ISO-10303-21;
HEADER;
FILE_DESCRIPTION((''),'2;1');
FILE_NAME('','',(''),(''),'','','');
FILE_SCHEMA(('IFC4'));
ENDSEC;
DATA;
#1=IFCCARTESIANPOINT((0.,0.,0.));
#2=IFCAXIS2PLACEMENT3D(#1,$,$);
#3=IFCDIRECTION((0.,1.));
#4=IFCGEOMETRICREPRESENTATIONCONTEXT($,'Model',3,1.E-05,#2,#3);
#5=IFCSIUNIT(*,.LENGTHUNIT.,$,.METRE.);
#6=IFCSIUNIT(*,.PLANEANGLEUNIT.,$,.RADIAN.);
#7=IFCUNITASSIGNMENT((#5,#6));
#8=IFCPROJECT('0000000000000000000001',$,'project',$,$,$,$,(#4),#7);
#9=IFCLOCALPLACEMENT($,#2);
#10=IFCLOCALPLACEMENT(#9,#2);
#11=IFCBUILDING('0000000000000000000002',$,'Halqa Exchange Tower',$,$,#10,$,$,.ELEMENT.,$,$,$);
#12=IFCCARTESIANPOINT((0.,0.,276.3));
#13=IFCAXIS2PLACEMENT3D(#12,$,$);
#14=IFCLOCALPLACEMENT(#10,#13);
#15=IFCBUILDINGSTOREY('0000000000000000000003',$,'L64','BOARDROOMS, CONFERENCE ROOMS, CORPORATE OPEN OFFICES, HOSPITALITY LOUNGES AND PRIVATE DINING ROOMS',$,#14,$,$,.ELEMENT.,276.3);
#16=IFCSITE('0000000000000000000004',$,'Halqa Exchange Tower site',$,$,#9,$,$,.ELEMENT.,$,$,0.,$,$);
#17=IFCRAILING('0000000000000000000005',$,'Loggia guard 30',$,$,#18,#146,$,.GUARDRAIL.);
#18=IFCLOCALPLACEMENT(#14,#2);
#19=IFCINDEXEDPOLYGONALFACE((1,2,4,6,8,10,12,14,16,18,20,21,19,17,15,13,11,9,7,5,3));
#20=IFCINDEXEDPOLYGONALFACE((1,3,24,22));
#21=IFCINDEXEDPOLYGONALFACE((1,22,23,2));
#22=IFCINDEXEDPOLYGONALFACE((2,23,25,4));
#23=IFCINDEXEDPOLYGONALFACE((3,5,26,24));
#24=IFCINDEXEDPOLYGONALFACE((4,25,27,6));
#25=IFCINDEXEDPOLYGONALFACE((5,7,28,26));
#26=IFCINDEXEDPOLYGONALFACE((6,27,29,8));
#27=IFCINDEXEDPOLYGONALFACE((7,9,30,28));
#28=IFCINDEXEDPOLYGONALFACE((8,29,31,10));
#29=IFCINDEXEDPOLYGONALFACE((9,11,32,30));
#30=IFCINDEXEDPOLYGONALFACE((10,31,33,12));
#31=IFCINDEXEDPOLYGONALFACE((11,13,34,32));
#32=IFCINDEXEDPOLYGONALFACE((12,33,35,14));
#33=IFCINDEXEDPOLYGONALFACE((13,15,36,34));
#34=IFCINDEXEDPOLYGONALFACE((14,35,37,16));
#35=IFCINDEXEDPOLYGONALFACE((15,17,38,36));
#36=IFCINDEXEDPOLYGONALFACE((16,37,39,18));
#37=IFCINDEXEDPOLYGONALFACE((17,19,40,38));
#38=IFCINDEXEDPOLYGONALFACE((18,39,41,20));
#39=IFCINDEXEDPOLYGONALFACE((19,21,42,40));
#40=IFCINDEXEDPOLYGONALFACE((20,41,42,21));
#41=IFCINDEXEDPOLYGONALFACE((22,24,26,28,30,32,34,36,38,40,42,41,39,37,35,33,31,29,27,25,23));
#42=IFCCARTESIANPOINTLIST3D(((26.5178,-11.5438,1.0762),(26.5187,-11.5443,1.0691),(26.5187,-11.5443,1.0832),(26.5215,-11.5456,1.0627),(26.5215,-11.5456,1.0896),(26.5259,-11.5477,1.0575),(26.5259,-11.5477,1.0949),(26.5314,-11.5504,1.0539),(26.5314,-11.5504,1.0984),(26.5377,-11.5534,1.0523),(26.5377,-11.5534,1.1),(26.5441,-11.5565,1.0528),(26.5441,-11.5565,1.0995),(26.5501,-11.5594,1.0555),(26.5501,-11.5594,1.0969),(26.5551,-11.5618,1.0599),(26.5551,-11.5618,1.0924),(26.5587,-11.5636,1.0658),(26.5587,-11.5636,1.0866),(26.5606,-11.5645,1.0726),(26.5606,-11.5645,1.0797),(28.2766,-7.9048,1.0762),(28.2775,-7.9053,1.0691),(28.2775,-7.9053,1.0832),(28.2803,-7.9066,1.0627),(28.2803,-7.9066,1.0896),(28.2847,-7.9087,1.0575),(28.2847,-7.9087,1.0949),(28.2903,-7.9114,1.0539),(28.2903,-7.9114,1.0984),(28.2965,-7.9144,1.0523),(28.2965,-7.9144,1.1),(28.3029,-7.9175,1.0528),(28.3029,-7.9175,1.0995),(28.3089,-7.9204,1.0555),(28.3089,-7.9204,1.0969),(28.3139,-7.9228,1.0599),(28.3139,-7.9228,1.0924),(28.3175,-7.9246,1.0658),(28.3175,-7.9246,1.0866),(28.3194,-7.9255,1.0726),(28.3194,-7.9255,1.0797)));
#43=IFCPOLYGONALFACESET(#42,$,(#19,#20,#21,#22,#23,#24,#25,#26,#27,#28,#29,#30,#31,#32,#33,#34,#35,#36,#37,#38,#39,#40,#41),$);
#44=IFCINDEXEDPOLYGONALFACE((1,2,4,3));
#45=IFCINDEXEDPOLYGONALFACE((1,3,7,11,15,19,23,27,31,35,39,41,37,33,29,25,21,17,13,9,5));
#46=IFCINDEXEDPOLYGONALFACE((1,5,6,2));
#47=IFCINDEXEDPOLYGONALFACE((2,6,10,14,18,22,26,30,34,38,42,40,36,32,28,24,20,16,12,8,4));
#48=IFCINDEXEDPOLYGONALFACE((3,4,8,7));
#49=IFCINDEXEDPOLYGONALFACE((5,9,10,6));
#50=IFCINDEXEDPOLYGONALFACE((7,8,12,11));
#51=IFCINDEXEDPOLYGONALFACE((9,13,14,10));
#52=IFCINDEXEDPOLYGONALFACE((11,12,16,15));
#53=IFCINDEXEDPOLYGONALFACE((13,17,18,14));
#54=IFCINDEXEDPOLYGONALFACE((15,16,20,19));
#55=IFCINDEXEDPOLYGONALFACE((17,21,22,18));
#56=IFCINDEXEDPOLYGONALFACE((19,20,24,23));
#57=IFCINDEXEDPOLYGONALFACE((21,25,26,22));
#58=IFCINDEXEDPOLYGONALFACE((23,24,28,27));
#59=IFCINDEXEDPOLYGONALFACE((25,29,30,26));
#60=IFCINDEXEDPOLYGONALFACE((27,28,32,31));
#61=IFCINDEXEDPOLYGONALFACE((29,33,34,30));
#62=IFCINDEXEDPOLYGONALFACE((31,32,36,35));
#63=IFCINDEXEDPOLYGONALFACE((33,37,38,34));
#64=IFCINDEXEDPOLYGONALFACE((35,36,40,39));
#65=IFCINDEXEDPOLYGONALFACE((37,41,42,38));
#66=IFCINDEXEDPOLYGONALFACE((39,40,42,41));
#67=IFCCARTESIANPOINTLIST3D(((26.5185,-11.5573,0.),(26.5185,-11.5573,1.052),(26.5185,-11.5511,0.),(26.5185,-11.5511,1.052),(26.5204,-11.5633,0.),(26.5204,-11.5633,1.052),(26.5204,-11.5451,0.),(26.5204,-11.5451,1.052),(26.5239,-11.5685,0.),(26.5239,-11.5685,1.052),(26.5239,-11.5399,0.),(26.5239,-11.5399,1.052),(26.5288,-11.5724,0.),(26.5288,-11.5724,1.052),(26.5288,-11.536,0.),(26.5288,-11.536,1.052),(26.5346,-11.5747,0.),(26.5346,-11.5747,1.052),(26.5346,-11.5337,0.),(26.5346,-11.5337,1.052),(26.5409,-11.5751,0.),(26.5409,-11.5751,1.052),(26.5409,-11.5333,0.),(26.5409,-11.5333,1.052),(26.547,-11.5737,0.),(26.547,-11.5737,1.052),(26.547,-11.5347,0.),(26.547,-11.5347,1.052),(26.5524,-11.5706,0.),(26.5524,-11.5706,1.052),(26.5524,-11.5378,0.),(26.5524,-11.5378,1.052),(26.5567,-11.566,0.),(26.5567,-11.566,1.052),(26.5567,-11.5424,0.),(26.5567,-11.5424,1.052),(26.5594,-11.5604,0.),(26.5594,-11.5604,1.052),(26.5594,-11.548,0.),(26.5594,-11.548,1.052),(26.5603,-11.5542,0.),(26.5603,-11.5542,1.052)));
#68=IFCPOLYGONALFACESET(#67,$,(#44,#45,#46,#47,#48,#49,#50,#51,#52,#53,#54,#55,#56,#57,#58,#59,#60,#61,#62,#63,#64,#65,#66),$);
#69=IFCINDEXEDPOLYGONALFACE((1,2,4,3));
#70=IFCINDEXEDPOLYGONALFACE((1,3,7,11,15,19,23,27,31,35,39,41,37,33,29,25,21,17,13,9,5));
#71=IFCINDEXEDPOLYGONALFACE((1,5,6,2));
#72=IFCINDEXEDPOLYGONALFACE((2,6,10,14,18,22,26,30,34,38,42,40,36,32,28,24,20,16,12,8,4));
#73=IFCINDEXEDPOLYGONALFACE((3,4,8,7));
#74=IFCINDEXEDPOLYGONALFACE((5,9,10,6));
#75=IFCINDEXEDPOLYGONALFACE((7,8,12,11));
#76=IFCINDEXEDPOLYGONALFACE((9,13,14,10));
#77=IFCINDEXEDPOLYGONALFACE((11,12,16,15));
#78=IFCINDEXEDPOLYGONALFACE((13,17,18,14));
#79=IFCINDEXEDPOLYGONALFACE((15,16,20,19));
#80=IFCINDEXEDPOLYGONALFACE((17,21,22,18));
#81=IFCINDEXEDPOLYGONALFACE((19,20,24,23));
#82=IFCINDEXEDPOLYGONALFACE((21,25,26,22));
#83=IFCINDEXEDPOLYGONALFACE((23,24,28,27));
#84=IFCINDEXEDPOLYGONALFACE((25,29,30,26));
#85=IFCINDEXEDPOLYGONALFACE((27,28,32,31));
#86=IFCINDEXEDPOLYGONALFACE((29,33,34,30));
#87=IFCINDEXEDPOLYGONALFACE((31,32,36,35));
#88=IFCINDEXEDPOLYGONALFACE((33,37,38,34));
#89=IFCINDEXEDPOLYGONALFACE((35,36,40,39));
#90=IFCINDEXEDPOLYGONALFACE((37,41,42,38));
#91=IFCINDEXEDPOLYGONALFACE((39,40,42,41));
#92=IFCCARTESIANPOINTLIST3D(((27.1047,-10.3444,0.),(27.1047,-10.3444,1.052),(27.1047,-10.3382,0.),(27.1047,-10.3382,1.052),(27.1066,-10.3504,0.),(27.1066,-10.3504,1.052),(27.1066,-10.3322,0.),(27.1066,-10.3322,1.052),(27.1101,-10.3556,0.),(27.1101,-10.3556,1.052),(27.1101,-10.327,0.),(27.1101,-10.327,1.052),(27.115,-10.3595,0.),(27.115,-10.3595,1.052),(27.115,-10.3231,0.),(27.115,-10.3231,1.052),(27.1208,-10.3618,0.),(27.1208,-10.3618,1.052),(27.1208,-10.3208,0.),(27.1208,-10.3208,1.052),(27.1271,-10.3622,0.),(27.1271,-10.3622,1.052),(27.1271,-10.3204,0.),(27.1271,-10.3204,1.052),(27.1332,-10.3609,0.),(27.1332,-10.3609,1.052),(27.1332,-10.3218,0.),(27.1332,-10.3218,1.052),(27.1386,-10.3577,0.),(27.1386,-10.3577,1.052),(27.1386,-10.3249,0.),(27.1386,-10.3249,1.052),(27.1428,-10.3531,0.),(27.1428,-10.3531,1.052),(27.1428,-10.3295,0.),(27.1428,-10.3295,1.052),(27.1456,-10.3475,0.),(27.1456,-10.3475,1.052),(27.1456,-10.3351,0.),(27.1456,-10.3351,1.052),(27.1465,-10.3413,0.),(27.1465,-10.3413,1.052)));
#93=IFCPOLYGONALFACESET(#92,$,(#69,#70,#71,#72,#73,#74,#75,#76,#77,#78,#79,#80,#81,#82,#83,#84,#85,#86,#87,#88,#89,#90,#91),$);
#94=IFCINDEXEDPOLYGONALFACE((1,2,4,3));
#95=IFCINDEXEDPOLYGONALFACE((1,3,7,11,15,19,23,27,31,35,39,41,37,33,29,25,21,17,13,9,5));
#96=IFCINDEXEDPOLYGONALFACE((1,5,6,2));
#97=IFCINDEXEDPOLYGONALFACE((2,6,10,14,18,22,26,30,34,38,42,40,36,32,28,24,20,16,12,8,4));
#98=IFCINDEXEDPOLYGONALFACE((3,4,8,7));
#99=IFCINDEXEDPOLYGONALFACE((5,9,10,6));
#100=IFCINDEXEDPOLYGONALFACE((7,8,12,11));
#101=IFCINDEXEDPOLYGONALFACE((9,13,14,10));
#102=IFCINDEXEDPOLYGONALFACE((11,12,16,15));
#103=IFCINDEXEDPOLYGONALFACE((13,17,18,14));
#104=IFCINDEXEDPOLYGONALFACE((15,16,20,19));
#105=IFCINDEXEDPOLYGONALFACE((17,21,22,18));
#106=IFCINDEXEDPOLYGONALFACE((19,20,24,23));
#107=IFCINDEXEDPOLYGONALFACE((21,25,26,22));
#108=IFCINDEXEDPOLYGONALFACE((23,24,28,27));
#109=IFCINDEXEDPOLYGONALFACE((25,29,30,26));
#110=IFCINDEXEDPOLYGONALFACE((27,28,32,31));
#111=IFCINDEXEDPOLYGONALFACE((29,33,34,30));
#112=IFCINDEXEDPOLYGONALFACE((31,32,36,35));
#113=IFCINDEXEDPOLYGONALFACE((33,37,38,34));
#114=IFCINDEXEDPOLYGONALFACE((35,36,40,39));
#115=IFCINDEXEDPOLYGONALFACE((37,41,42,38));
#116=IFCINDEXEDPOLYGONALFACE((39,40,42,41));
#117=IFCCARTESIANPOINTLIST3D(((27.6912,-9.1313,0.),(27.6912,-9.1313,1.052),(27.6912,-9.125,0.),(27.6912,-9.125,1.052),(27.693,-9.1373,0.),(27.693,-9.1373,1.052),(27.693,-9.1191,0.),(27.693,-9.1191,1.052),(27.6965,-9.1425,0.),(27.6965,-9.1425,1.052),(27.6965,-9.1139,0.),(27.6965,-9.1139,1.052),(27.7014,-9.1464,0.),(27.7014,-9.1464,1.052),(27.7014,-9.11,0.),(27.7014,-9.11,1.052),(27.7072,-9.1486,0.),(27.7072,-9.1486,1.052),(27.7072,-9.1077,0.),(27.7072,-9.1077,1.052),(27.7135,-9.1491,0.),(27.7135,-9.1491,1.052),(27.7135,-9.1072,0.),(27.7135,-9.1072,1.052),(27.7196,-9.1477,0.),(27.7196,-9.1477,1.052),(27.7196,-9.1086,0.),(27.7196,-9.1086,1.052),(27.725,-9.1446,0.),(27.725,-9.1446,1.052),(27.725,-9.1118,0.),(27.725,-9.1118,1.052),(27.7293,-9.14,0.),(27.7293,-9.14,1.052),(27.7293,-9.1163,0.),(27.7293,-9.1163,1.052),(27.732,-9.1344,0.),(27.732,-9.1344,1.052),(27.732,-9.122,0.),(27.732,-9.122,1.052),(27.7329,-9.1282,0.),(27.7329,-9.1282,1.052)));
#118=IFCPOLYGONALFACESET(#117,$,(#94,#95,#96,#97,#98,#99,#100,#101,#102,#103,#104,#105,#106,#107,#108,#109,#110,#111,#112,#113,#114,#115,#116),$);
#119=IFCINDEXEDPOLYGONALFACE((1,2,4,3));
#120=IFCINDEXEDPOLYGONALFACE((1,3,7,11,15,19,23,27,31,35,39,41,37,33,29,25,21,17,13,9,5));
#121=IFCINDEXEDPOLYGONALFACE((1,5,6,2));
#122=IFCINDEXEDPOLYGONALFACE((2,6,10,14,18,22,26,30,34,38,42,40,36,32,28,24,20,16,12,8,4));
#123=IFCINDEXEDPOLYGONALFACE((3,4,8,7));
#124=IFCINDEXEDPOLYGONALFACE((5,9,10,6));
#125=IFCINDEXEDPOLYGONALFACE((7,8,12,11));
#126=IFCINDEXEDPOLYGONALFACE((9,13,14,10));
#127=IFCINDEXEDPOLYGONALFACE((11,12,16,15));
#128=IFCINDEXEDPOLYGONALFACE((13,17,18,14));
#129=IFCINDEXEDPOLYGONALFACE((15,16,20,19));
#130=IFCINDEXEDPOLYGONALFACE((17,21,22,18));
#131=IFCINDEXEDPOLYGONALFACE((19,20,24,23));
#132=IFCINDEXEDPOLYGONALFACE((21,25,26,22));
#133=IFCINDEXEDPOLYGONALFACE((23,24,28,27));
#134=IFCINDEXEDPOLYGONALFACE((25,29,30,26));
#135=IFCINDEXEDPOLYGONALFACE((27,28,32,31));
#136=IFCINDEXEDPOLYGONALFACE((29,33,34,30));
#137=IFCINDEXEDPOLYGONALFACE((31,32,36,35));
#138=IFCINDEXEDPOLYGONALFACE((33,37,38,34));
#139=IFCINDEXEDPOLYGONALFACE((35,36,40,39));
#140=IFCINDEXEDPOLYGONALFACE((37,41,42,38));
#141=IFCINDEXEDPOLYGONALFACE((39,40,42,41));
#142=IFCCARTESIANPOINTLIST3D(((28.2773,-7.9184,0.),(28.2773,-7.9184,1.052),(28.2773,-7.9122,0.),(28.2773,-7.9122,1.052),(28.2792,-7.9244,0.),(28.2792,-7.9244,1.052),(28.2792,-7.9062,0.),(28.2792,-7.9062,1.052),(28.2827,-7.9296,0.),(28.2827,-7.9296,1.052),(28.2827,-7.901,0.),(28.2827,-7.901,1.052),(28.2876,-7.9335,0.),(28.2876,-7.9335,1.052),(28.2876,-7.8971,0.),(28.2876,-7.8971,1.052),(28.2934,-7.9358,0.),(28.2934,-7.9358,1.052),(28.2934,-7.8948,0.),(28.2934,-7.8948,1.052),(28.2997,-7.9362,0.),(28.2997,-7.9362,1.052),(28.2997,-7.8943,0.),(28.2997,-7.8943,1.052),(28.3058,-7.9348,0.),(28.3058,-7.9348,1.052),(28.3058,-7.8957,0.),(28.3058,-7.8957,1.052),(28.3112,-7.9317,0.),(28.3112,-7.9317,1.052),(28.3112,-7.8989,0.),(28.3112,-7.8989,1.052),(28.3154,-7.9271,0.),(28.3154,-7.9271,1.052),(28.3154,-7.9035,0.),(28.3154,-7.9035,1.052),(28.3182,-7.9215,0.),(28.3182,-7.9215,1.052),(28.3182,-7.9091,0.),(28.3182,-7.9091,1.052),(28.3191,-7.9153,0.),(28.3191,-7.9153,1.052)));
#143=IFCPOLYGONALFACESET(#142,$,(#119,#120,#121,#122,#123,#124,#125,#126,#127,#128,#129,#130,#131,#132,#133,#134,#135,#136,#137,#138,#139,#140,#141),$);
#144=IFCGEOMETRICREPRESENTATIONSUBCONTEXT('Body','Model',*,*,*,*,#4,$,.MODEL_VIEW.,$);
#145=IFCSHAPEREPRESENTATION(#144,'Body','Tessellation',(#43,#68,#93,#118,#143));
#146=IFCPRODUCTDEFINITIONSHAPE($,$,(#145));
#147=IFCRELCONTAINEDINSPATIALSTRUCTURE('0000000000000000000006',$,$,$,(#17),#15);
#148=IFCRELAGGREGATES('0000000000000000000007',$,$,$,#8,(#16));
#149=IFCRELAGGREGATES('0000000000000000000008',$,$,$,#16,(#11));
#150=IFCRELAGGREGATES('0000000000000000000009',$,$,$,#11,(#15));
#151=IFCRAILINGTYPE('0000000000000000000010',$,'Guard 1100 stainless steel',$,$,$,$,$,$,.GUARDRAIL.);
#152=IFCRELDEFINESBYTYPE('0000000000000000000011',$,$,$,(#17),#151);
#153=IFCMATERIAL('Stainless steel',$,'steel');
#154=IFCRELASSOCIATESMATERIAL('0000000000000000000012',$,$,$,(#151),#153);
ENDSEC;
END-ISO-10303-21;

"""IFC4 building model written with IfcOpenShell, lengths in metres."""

from ifc_helpers import new_model, si_unit, direction, frame, origin, origin_2d, place, context, subcontext, project, spatial, circle, extrude, material, type_object, element, save


model = new_model("IFC4")

# Units and contexts
model_context = context("Model", 3, precision=1e-05, world=origin(), true_north=direction((0.0, 1.0)))
body_context = subcontext(model_context, "Body", "Model", "MODEL_VIEW")
ifc_project = project(units=[si_unit("LENGTHUNIT", "METRE"), si_unit("PLANEANGLEUNIT", "RADIAN")], contexts=[model_context])

# Site, building, storey
site_placement = place(None, origin())
site = spatial("IfcSite", under=ifc_project, at=site_placement, Name="Halqa Exchange Tower site", CompositionType="ELEMENT", RefElevation=0.0)
building_placement = place(site_placement, origin())
building = spatial("IfcBuilding", under=site, at=building_placement, Name="Halqa Exchange Tower", CompositionType="ELEMENT")
storey_placement = place(building_placement, frame((0.0, 0.0, 276.3)))
storey = spatial("IfcBuildingStorey", under=building, at=storey_placement, Name="L64", Description="BOARDROOMS, CONFERENCE ROOMS, CORPORATE OPEN OFFICES, HOSPITALITY LOUNGES AND PRIVATE DINING ROOMS", CompositionType="ELEMENT", Elevation=276.3)

# Railing
ifc_material_1 = material(Name="Stainless steel", Category="steel")
railing_type = type_object("IfcRailingType", Name="Guard 1100 stainless steel", PredefinedType="GUARDRAIL", material=ifc_material_1)
railing_1_placement = place(storey_placement, frame((26.5393, -11.5542, 0.0)))
element("IfcRailing", 1, at=railing_1_placement, inside=storey, type_object=railing_type, Name="Loggia guard 30", PredefinedType="GUARDRAIL", context=body_context, shape_type="SweptSolid", body=[
    extrude(circle(Radius=0.0239, at=origin_2d()), frame((0.0, 0.0, 1.0762), z_axis=(0.435165, 0.900351, 0.0), x_axis=(-0.900351, 0.435165, 0.0)), (0.0, 0.0, 1.0), 4.0417),
    extrude(circle(Radius=0.021, at=origin_2d()), origin(), (0.0, 0.0, 1.0), 1.052),
    extrude(circle(Radius=0.021, at=origin_2d()), frame((0.5862, 1.2129, 0.0)), (0.0, 0.0, 1.0), 1.052),
    extrude(circle(Radius=0.021, at=origin_2d()), frame((1.1726, 2.426, 0.0)), (0.0, 0.0, 1.0), 1.052),
    extrude(circle(Radius=0.021, at=origin_2d()), frame((1.7588, 3.6389, 0.0)), (0.0, 0.0, 1.0), 1.052),
])

save(model, "model.ifc")
